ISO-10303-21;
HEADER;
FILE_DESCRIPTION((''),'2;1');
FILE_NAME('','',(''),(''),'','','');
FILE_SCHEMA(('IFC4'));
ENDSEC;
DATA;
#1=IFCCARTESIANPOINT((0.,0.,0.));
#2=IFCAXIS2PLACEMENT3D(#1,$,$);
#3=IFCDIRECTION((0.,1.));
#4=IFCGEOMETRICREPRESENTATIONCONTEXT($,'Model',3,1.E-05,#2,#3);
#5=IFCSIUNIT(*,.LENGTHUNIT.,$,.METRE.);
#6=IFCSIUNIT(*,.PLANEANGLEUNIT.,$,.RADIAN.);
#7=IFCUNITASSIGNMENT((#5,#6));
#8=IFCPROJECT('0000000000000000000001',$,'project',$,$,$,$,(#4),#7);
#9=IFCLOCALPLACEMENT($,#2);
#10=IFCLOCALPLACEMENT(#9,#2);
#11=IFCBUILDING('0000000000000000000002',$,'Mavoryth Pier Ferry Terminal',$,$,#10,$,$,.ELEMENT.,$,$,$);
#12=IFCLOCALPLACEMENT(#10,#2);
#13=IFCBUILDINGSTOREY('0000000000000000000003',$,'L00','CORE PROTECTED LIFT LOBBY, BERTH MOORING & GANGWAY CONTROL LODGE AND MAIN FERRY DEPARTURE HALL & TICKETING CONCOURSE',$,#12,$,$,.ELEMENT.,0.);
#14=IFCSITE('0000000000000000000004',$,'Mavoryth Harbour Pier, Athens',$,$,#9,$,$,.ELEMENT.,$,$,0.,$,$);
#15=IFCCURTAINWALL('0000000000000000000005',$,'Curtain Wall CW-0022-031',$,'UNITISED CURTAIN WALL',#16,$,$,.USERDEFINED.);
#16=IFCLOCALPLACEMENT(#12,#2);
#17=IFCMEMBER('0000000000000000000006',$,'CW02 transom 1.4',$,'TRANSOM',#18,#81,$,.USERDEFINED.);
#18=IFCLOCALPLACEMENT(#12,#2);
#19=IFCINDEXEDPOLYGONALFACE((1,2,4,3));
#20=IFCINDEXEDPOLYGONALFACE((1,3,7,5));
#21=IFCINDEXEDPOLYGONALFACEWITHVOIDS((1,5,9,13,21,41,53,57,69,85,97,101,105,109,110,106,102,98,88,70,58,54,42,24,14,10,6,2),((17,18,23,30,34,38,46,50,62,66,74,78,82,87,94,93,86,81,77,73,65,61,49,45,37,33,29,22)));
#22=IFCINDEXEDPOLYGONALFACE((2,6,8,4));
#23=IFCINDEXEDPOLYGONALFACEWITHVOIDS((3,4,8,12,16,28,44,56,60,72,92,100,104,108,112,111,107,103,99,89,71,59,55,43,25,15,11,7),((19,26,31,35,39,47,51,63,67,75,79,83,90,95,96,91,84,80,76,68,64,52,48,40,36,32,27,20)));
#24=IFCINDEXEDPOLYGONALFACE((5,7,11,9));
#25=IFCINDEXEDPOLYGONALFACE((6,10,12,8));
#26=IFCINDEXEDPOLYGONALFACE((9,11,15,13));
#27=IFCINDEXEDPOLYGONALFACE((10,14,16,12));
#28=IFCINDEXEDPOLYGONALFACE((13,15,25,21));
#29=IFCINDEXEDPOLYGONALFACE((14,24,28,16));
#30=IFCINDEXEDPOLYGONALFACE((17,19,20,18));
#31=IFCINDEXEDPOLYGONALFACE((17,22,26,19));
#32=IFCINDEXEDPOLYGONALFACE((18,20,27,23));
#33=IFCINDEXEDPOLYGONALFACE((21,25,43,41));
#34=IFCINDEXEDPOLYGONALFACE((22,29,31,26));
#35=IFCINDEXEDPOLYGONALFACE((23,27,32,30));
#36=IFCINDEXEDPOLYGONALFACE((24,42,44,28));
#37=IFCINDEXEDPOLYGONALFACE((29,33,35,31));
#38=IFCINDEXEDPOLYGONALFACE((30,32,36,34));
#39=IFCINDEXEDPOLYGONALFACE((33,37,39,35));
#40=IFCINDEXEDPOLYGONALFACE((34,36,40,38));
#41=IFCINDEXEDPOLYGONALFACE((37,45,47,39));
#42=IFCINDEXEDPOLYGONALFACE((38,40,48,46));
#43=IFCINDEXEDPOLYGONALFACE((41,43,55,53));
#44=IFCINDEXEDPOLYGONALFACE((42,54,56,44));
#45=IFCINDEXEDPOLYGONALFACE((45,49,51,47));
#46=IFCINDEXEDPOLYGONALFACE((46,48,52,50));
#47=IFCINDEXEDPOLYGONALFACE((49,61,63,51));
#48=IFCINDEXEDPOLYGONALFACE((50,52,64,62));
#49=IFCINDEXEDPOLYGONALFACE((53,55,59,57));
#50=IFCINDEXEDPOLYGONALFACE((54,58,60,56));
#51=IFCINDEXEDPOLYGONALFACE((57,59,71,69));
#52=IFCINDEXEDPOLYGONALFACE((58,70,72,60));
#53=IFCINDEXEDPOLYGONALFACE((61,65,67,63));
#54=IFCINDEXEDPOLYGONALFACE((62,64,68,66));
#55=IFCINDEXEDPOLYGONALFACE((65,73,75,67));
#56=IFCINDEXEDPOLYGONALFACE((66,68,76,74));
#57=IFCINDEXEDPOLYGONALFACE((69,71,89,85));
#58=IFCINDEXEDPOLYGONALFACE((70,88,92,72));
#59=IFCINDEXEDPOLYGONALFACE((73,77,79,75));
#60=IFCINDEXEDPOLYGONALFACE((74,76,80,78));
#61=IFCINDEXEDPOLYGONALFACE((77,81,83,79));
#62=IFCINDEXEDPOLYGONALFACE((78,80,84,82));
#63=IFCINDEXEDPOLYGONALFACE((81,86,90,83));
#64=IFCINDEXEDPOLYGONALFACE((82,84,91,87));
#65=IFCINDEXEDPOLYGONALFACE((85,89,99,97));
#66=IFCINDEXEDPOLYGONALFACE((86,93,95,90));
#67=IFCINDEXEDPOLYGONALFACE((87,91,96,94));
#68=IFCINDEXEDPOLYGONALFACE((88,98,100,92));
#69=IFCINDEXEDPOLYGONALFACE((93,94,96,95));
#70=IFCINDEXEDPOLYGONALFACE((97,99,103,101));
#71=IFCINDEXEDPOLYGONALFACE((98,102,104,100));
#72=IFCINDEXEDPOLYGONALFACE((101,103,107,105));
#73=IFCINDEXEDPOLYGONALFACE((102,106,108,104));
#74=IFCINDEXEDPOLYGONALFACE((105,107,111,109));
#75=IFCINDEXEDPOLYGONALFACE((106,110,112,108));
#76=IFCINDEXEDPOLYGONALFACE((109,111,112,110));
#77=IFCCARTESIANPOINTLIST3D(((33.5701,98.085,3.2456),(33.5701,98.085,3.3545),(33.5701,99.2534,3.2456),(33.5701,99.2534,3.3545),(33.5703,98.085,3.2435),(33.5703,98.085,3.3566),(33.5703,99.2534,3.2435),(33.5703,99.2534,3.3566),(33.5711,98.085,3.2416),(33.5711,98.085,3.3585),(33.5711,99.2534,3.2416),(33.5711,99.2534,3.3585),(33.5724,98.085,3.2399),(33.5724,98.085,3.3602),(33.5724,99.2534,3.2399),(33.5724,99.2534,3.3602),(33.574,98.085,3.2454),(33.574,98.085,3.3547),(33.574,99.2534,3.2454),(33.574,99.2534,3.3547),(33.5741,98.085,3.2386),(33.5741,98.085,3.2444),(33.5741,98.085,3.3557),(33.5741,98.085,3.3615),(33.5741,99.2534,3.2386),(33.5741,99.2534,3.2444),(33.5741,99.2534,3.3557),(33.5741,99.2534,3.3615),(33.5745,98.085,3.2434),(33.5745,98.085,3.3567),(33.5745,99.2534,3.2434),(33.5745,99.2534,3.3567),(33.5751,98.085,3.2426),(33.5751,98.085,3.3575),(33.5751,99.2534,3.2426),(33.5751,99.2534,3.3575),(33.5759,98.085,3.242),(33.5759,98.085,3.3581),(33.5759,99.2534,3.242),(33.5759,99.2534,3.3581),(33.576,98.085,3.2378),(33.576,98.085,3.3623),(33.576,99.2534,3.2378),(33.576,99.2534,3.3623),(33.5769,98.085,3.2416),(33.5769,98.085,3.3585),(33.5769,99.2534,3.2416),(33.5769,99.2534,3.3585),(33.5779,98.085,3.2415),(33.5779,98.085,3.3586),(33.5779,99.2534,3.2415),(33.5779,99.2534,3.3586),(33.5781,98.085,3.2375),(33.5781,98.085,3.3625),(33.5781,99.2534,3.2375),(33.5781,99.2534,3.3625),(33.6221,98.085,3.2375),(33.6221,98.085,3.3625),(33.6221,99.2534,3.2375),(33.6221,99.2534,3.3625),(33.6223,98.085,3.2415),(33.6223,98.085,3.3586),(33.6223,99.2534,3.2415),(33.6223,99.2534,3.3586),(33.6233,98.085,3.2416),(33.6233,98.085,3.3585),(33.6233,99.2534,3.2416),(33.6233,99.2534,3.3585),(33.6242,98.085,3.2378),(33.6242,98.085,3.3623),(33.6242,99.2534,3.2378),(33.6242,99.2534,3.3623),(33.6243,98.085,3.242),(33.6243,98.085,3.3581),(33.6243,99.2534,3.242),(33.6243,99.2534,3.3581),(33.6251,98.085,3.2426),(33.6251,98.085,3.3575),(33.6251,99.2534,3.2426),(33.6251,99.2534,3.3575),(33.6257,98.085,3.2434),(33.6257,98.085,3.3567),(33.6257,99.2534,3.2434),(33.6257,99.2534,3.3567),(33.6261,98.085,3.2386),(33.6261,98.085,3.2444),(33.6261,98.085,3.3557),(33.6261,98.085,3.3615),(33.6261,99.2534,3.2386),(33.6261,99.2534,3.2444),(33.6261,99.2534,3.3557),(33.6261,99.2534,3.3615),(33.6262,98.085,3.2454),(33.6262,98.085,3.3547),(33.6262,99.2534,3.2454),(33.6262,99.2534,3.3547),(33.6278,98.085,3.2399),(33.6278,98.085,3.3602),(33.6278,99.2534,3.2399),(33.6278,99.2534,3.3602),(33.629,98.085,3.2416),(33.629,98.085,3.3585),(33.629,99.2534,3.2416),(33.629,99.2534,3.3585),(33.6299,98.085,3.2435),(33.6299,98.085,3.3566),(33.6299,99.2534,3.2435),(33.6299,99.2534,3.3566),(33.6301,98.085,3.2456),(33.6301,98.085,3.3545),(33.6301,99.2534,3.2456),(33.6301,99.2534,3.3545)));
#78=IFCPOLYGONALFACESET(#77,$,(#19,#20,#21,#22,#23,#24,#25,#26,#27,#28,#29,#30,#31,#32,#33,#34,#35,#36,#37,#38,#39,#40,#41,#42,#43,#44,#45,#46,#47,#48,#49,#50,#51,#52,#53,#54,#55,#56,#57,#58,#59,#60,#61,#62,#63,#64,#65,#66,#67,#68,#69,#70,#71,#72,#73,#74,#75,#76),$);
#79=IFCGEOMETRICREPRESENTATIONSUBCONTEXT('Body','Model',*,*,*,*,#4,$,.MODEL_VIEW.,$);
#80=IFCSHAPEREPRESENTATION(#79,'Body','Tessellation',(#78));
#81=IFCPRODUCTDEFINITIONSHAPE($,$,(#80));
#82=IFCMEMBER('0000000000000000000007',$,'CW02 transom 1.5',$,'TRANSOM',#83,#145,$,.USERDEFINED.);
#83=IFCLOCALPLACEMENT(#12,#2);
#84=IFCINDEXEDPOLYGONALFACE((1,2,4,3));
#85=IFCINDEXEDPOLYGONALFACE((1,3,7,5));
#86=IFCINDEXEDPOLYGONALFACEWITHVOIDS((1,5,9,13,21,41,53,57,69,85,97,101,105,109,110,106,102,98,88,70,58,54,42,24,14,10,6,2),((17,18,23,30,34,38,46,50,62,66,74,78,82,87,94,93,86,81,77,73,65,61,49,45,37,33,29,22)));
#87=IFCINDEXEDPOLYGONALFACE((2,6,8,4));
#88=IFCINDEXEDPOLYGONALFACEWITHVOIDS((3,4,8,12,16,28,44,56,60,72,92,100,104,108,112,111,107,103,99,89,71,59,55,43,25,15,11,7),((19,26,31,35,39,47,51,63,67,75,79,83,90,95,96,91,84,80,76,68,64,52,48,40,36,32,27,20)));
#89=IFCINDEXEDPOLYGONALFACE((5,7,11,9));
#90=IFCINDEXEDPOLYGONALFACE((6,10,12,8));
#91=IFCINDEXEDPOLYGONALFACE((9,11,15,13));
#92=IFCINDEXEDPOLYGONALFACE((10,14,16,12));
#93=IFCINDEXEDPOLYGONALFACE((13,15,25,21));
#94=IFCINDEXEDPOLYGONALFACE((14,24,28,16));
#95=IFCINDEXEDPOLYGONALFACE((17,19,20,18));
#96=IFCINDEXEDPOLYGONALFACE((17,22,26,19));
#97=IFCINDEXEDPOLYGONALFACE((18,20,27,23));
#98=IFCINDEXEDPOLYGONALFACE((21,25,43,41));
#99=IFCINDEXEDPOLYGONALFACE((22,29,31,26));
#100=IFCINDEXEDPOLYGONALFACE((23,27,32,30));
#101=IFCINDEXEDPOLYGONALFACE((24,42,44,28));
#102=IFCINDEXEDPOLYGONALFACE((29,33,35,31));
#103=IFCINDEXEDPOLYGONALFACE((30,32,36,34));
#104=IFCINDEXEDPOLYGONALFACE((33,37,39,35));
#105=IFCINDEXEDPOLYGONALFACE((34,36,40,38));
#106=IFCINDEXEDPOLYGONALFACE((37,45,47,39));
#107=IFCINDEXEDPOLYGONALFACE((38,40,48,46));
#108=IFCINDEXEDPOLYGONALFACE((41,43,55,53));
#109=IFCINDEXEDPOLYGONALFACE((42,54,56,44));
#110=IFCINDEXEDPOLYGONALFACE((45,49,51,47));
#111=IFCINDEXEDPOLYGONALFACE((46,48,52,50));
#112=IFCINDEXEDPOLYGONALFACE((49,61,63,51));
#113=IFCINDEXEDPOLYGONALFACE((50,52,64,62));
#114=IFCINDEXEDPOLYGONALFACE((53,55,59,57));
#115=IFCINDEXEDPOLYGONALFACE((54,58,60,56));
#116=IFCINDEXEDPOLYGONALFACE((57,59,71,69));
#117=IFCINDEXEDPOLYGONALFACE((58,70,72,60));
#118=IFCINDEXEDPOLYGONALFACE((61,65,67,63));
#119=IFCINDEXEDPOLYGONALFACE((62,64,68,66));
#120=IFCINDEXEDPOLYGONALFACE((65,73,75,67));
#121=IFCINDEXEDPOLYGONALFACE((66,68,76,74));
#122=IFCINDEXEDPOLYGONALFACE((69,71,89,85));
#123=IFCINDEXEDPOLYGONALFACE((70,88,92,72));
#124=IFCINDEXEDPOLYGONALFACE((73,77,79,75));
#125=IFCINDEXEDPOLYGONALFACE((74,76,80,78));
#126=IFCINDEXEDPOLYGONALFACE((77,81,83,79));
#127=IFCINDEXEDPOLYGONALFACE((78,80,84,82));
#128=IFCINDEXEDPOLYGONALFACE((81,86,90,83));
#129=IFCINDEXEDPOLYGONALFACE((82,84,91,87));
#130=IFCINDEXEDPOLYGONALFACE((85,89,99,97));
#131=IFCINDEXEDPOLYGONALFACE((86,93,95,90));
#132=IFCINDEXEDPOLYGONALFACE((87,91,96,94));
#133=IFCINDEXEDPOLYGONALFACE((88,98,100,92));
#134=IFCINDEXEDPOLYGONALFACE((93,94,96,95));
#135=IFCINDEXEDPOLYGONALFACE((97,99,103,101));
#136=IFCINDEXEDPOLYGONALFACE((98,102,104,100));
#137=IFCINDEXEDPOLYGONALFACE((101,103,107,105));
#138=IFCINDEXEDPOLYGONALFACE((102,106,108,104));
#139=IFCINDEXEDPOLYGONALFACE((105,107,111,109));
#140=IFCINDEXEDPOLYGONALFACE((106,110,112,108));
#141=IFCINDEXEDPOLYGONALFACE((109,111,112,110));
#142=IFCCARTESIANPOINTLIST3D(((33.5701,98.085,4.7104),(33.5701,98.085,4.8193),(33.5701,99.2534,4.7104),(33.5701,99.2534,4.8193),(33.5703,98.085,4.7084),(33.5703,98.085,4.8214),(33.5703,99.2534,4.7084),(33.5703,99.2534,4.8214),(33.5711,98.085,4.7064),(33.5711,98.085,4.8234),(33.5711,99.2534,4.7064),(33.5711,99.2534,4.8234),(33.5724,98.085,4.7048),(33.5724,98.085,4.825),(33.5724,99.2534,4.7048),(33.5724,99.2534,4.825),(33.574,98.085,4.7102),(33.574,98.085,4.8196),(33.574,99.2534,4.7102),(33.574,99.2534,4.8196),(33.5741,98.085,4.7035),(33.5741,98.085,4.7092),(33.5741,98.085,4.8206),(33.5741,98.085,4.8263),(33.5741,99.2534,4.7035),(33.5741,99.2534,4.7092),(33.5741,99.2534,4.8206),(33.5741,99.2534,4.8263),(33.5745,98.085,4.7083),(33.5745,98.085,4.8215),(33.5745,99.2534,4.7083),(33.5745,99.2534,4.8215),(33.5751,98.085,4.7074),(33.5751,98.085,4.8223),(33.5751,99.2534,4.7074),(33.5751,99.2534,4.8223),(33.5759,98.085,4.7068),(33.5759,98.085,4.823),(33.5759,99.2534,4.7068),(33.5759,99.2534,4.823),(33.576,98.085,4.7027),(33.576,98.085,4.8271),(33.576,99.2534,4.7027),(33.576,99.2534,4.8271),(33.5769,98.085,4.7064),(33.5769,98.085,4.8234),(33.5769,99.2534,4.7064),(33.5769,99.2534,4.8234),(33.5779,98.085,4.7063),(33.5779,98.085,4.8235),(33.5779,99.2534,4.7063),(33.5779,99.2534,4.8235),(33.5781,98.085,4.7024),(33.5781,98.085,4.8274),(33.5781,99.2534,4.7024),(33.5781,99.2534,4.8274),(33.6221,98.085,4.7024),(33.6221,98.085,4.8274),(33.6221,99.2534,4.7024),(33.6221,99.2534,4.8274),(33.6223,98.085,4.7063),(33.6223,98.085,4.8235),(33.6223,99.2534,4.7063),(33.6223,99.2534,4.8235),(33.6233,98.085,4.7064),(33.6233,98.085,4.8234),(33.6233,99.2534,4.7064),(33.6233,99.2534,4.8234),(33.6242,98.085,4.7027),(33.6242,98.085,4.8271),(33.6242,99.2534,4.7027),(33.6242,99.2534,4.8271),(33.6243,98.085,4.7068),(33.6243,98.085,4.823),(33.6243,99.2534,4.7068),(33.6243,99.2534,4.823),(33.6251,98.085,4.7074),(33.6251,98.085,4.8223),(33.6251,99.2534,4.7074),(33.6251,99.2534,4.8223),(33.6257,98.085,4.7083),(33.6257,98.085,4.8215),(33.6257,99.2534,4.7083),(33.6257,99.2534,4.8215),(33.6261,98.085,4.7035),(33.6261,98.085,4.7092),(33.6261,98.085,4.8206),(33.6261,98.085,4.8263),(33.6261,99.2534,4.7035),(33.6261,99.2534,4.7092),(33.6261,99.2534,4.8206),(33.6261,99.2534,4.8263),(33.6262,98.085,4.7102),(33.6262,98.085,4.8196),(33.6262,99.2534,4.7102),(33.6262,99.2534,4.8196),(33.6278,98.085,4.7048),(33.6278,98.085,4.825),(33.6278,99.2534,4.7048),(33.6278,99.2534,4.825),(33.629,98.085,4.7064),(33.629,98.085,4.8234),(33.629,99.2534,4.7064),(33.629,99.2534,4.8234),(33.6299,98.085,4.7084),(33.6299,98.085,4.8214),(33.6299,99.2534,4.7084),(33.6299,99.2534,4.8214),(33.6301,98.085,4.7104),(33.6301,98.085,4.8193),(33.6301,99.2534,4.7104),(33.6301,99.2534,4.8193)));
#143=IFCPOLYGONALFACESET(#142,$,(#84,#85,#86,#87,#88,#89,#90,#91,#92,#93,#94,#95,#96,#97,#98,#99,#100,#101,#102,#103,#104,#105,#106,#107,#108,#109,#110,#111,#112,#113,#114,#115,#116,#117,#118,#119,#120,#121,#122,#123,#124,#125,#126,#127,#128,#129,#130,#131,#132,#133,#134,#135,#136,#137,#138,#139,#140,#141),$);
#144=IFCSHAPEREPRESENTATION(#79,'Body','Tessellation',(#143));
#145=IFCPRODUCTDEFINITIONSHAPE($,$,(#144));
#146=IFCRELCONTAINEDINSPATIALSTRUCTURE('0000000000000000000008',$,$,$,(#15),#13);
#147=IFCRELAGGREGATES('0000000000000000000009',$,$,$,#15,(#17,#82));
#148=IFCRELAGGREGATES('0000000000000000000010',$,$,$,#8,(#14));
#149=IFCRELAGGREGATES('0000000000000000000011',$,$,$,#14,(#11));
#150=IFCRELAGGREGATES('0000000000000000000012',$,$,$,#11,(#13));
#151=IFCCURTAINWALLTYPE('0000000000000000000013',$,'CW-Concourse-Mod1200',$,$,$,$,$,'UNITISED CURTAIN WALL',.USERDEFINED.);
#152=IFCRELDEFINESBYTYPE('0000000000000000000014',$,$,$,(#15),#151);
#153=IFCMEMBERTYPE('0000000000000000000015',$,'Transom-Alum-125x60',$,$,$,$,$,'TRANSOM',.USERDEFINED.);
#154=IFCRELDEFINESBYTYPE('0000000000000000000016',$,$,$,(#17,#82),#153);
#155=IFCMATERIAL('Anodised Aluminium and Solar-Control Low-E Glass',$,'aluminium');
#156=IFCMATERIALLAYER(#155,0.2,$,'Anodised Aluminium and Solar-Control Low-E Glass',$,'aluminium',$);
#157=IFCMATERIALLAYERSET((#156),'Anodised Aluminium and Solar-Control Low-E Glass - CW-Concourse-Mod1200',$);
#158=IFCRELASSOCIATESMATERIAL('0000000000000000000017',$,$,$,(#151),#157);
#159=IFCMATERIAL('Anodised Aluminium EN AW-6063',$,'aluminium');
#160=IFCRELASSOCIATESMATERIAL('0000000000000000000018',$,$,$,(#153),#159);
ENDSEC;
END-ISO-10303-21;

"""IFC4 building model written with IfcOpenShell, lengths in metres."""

from ifc_helpers import new_model, si_unit, direction, frame, origin, origin_2d, place, context, subcontext, project, spatial, hollow_rectangle, extrude, material, layer, layer_set, material_profile, profile_set, type_object, element, aggregate, save


model = new_model("IFC4")

# Units and contexts
model_context = context("Model", 3, precision=1e-05, world=origin(), true_north=direction((0.0, 1.0)))
body_context = subcontext(model_context, "Body", "Model", "MODEL_VIEW")
ifc_project = project(units=[si_unit("LENGTHUNIT", "METRE"), si_unit("PLANEANGLEUNIT", "RADIAN")], contexts=[model_context])

# Site, building, storey
site_placement = place(None, origin())
site = spatial("IfcSite", under=ifc_project, at=site_placement, Name="Mavoryth Harbour Pier, Athens", CompositionType="ELEMENT", RefElevation=0.0)
building_placement = place(site_placement, origin())
building = spatial("IfcBuilding", under=site, at=building_placement, Name="Mavoryth Pier Ferry Terminal", CompositionType="ELEMENT")
storey_placement = place(building_placement, origin())
storey = spatial("IfcBuildingStorey", under=building, at=storey_placement, Name="L00", Description="CORE PROTECTED LIFT LOBBY, BERTH MOORING & GANGWAY CONTROL LODGE AND MAIN FERRY DEPARTURE HALL & TICKETING CONCOURSE", CompositionType="ELEMENT", Elevation=0.0)

# Curtain wall, members
ifc_material_1 = material(Name="Anodised Aluminium and Solar-Control Low-E Glass", Category="aluminium")
ifc_layer_1 = layer(ifc_material_1, 0.2, Name="Anodised Aluminium and Solar-Control Low-E Glass", Category="aluminium")
ifc_layer_set_1 = layer_set([ifc_layer_1], Name="Anodised Aluminium and Solar-Control Low-E Glass - CW-Concourse-Mod1200")
curtain_wall_type = type_object("IfcCurtainWallType", Name="CW-Concourse-Mod1200", ElementType="UNITISED CURTAIN WALL", PredefinedType="USERDEFINED", material=ifc_layer_set_1)
curtain_wall_placement = place(storey_placement, origin())
curtain_wall = element("IfcCurtainWall", 1, at=curtain_wall_placement, inside=storey, type_object=curtain_wall_type, Name="Curtain Wall CW-0022-031", ObjectType="UNITISED CURTAIN WALL", PredefinedType="USERDEFINED")
ifc_material_2 = material(Name="Anodised Aluminium EN AW-6063", Category="aluminium")
ifc_material_profile_1 = material_profile(ifc_material_2, hollow_rectangle(XDim=0.0601, YDim=0.125, WallThickness=0.0039, InnerFilletRadius=0.0039, OuterFilletRadius=0.0081, at=origin_2d()), Name="AL-TRAN 125x60x4", Category="aluminium")
ifc_profile_set_1 = profile_set([ifc_material_profile_1], Name="Anodised Aluminium EN AW-6063 - AL-TRAN 125x60x4")
member_type_1 = type_object("IfcMemberType", Name="Transom-Alum-125x60", ElementType="TRANSOM", PredefinedType="USERDEFINED", material=ifc_profile_set_1)
member_1_placement = place(storey_placement, frame((33.6001, 98.085, 3.3), z_axis=(0.0, 1.0, 0.0), x_axis=(-1.0, 0.0, 0.0)))
member_1 = element("IfcMember", 2, at=member_1_placement, type_object=member_type_1, Name="CW02 transom 1.4", ObjectType="TRANSOM", PredefinedType="USERDEFINED", context=body_context, shape_type="SweptSolid", body=[
    extrude(hollow_rectangle(XDim=0.0601, YDim=0.125, WallThickness=0.0039, InnerFilletRadius=0.0039, OuterFilletRadius=0.0081, at=origin_2d()), origin(), (0.0, 0.0, 1.0), 1.1685),
])
member_2_placement = place(storey_placement, frame((33.6001, 98.085, 4.7649), z_axis=(0.0, 1.0, 0.0), x_axis=(-1.0, 0.0, 0.0)))
member_2 = element("IfcMember", 3, at=member_2_placement, type_object=member_type_1, Name="CW02 transom 1.5", ObjectType="TRANSOM", PredefinedType="USERDEFINED", context=body_context, shape_type="SweptSolid", body=[
    extrude(hollow_rectangle(XDim=0.0601, YDim=0.125, WallThickness=0.0039, InnerFilletRadius=0.0039, OuterFilletRadius=0.0081, at=origin_2d()), origin(), (0.0, 0.0, 1.0), 1.1685),
])
aggregate(curtain_wall, [member_1, member_2])

save(model, "model.ifc")
